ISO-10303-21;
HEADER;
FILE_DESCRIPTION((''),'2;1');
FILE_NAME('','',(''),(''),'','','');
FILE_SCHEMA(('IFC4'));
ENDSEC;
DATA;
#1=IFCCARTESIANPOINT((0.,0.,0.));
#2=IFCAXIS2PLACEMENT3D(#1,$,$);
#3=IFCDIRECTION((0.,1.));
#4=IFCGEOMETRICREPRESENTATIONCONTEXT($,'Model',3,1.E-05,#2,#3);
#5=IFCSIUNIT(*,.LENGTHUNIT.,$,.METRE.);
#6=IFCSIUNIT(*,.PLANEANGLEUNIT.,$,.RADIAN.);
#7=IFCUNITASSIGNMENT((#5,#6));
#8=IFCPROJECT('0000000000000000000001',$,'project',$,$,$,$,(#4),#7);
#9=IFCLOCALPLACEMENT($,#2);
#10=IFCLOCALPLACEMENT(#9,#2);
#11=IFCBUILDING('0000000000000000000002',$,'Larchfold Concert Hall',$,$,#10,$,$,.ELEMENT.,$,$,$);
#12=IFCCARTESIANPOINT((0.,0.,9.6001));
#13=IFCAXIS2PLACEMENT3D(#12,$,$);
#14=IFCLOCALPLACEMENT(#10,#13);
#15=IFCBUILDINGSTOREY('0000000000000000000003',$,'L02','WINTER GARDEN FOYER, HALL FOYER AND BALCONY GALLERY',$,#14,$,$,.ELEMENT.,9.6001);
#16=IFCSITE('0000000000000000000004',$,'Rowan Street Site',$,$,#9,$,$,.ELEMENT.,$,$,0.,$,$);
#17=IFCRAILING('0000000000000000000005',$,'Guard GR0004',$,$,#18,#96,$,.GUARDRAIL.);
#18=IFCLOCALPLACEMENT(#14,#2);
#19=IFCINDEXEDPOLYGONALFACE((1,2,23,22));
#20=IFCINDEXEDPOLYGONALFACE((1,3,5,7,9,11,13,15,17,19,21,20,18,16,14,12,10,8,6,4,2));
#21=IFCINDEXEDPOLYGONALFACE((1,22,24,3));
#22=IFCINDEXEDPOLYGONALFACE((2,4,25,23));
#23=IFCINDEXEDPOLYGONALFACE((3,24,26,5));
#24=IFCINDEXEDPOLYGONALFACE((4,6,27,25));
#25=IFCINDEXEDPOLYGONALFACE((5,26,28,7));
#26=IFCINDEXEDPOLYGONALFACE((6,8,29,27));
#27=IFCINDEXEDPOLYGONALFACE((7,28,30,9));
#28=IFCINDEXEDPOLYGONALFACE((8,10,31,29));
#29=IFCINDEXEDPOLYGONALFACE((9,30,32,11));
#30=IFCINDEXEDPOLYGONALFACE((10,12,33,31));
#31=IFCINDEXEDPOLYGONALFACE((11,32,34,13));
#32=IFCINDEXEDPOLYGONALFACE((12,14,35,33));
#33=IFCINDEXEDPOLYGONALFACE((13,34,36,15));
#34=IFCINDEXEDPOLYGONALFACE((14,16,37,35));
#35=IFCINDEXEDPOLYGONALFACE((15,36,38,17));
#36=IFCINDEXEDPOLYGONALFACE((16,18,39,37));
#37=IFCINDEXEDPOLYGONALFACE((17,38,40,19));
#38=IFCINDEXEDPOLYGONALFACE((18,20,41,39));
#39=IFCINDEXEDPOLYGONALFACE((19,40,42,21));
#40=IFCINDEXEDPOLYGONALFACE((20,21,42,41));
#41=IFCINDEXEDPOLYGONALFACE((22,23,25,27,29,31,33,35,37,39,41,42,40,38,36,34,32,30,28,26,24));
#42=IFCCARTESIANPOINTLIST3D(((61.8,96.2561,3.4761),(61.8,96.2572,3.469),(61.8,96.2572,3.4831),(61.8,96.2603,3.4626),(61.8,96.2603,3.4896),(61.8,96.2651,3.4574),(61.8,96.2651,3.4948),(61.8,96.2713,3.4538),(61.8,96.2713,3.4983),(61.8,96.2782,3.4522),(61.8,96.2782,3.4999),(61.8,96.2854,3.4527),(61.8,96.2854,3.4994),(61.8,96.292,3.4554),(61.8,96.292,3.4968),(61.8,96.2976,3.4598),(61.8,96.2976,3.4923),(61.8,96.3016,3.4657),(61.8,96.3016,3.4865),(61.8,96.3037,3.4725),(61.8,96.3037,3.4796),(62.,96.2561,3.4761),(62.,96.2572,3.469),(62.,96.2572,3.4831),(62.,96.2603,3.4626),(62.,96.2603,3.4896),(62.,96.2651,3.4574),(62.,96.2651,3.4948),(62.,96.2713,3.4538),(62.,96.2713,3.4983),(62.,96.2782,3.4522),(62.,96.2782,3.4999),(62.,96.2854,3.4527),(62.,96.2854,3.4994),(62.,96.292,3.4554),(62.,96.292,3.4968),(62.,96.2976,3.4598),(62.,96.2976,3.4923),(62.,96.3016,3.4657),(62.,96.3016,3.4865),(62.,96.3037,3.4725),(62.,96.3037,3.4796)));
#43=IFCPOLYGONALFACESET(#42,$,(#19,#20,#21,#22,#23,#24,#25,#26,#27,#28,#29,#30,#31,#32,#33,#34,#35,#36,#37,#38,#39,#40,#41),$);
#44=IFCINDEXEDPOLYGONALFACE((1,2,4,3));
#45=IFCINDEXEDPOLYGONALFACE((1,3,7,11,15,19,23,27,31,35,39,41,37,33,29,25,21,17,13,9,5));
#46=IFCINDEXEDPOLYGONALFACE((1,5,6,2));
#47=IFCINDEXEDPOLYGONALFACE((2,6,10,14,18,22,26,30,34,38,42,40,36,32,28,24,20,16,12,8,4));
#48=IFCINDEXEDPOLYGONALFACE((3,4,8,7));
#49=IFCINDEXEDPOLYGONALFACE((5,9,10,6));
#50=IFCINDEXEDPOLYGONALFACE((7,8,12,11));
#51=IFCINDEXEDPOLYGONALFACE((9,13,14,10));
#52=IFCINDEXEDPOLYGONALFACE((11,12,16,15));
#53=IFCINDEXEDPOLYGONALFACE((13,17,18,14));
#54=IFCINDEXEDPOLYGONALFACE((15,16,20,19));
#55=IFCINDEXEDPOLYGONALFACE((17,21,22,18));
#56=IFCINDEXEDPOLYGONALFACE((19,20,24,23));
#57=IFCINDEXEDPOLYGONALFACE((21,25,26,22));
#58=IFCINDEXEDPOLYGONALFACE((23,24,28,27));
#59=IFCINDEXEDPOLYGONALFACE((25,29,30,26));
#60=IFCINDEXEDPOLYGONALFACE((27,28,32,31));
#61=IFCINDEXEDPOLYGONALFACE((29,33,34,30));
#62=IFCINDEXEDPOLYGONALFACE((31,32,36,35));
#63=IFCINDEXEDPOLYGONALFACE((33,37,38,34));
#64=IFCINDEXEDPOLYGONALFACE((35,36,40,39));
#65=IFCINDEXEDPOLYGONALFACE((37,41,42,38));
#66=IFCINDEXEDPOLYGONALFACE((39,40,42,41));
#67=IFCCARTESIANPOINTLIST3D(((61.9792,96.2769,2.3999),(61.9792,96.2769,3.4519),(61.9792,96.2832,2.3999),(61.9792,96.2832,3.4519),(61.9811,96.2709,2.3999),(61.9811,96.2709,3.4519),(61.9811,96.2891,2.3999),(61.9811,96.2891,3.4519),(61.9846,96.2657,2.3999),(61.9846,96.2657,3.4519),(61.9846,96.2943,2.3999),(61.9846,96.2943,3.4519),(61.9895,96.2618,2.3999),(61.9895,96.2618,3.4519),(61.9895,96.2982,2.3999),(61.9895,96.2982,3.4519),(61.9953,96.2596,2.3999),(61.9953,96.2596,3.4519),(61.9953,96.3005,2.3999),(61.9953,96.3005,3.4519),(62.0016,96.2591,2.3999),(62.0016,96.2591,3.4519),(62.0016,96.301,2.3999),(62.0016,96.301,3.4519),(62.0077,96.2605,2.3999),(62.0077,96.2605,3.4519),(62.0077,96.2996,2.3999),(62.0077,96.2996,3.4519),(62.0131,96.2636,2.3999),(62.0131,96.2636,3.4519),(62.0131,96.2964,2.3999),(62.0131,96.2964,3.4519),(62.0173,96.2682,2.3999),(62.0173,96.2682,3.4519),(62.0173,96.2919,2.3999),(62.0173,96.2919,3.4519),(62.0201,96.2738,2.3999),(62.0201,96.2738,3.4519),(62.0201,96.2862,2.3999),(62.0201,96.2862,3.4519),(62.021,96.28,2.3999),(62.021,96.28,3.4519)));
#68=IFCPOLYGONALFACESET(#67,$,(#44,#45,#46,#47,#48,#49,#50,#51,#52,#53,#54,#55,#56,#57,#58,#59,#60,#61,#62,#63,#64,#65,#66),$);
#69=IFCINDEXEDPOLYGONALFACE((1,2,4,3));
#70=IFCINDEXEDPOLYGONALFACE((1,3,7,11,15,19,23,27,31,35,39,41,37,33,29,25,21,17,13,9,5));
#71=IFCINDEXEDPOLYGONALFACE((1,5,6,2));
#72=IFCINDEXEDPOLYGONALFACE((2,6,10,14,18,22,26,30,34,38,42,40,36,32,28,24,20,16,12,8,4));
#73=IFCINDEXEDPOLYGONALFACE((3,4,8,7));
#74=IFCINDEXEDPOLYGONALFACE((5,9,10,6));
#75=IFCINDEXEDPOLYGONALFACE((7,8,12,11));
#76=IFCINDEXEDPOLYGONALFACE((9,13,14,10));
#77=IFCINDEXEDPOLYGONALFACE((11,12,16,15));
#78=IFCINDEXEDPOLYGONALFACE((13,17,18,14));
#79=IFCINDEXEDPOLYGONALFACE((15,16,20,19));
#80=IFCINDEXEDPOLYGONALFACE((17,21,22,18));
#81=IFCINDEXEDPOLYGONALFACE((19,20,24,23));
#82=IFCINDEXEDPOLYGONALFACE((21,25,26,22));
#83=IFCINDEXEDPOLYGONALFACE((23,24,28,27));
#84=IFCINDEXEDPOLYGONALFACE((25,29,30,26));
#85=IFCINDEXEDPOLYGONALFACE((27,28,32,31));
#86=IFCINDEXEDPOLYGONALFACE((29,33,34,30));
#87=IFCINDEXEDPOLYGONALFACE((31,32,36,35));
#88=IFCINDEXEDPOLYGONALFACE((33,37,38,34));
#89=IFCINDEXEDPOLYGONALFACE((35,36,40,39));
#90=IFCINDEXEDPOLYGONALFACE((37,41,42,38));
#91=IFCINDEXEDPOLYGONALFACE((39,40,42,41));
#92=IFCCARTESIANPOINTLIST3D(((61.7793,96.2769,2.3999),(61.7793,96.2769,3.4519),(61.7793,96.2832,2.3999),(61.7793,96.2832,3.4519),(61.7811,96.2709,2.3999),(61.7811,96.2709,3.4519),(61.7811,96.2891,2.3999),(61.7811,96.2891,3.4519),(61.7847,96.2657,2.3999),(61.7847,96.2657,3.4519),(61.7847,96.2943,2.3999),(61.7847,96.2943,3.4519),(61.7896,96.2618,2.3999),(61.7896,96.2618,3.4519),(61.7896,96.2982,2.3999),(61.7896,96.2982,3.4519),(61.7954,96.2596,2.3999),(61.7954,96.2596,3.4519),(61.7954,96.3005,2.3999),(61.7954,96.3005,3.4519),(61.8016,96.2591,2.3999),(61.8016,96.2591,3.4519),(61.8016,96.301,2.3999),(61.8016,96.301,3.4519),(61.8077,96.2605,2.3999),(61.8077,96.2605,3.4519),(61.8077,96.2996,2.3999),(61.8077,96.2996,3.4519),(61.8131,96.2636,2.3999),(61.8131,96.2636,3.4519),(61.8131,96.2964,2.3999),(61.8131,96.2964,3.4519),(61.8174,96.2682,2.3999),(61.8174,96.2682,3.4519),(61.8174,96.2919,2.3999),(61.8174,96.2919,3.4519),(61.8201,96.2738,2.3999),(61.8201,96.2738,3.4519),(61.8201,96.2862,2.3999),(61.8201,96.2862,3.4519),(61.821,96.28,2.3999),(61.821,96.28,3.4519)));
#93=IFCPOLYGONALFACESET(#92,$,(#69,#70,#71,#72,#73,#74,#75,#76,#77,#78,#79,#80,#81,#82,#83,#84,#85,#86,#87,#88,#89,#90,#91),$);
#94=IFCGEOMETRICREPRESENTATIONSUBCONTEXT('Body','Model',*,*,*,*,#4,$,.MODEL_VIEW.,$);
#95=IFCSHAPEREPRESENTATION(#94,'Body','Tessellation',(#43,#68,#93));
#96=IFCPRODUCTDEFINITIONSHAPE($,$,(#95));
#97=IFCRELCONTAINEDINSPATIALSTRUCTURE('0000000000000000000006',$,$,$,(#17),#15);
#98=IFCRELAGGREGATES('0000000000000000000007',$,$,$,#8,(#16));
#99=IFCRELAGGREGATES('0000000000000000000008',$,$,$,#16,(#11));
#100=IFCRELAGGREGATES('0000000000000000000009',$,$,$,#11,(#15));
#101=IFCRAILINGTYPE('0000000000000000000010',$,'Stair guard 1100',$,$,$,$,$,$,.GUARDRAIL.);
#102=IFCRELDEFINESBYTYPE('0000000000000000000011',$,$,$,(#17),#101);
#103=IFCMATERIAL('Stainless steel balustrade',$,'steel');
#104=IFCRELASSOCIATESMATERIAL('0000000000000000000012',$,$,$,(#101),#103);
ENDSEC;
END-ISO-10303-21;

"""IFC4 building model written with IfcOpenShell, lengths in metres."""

from ifc_helpers import new_model, si_unit, direction, frame, origin, origin_2d, place, context, subcontext, project, spatial, circle, extrude, material, type_object, element, save


model = new_model("IFC4")

# Units and contexts
model_context = context("Model", 3, precision=1e-05, world=origin(), true_north=direction((0.0, 1.0)))
body_context = subcontext(model_context, "Body", "Model", "MODEL_VIEW")
ifc_project = project(units=[si_unit("LENGTHUNIT", "METRE"), si_unit("PLANEANGLEUNIT", "RADIAN")], contexts=[model_context])

# Site, building, storey
site_placement = place(None, origin())
site = spatial("IfcSite", under=ifc_project, at=site_placement, Name="Rowan Street Site", CompositionType="ELEMENT", RefElevation=0.0)
building_placement = place(site_placement, origin())
building = spatial("IfcBuilding", under=site, at=building_placement, Name="Larchfold Concert Hall", CompositionType="ELEMENT")
storey_placement = place(building_placement, frame((0.0, 0.0, 9.6001)))
storey = spatial("IfcBuildingStorey", under=building, at=storey_placement, Name="L02", Description="WINTER GARDEN FOYER, HALL FOYER AND BALCONY GALLERY", CompositionType="ELEMENT", Elevation=9.6001)

# Railing
ifc_material_1 = material(Name="Stainless steel balustrade", Category="steel")
railing_type_1 = type_object("IfcRailingType", Name="Stair guard 1100", PredefinedType="GUARDRAIL", material=ifc_material_1)
railing_1_placement = place(storey_placement, frame((62.0, 96.28, 2.3999)))
element("IfcRailing", 1, at=railing_1_placement, inside=storey, type_object=railing_type_1, Name="Guard GR0004", PredefinedType="GUARDRAIL", context=body_context, shape_type="SweptSolid", body=[
    extrude(circle(Radius=0.0239, at=origin_2d()), frame((0.0, 0.0, 1.0762), z_axis=(-1.0, 0.0, 0.0), x_axis=(0.0, -1.0, 0.0)), (0.0, 0.0, 1.0), 0.2),
    extrude(circle(Radius=0.021, at=origin_2d()), origin(), (0.0, 0.0, 1.0), 1.052),
    extrude(circle(Radius=0.021, at=origin_2d()), frame((-0.2, 0.0, 0.0)), (0.0, 0.0, 1.0), 1.052),
])

save(model, "model.ifc")
